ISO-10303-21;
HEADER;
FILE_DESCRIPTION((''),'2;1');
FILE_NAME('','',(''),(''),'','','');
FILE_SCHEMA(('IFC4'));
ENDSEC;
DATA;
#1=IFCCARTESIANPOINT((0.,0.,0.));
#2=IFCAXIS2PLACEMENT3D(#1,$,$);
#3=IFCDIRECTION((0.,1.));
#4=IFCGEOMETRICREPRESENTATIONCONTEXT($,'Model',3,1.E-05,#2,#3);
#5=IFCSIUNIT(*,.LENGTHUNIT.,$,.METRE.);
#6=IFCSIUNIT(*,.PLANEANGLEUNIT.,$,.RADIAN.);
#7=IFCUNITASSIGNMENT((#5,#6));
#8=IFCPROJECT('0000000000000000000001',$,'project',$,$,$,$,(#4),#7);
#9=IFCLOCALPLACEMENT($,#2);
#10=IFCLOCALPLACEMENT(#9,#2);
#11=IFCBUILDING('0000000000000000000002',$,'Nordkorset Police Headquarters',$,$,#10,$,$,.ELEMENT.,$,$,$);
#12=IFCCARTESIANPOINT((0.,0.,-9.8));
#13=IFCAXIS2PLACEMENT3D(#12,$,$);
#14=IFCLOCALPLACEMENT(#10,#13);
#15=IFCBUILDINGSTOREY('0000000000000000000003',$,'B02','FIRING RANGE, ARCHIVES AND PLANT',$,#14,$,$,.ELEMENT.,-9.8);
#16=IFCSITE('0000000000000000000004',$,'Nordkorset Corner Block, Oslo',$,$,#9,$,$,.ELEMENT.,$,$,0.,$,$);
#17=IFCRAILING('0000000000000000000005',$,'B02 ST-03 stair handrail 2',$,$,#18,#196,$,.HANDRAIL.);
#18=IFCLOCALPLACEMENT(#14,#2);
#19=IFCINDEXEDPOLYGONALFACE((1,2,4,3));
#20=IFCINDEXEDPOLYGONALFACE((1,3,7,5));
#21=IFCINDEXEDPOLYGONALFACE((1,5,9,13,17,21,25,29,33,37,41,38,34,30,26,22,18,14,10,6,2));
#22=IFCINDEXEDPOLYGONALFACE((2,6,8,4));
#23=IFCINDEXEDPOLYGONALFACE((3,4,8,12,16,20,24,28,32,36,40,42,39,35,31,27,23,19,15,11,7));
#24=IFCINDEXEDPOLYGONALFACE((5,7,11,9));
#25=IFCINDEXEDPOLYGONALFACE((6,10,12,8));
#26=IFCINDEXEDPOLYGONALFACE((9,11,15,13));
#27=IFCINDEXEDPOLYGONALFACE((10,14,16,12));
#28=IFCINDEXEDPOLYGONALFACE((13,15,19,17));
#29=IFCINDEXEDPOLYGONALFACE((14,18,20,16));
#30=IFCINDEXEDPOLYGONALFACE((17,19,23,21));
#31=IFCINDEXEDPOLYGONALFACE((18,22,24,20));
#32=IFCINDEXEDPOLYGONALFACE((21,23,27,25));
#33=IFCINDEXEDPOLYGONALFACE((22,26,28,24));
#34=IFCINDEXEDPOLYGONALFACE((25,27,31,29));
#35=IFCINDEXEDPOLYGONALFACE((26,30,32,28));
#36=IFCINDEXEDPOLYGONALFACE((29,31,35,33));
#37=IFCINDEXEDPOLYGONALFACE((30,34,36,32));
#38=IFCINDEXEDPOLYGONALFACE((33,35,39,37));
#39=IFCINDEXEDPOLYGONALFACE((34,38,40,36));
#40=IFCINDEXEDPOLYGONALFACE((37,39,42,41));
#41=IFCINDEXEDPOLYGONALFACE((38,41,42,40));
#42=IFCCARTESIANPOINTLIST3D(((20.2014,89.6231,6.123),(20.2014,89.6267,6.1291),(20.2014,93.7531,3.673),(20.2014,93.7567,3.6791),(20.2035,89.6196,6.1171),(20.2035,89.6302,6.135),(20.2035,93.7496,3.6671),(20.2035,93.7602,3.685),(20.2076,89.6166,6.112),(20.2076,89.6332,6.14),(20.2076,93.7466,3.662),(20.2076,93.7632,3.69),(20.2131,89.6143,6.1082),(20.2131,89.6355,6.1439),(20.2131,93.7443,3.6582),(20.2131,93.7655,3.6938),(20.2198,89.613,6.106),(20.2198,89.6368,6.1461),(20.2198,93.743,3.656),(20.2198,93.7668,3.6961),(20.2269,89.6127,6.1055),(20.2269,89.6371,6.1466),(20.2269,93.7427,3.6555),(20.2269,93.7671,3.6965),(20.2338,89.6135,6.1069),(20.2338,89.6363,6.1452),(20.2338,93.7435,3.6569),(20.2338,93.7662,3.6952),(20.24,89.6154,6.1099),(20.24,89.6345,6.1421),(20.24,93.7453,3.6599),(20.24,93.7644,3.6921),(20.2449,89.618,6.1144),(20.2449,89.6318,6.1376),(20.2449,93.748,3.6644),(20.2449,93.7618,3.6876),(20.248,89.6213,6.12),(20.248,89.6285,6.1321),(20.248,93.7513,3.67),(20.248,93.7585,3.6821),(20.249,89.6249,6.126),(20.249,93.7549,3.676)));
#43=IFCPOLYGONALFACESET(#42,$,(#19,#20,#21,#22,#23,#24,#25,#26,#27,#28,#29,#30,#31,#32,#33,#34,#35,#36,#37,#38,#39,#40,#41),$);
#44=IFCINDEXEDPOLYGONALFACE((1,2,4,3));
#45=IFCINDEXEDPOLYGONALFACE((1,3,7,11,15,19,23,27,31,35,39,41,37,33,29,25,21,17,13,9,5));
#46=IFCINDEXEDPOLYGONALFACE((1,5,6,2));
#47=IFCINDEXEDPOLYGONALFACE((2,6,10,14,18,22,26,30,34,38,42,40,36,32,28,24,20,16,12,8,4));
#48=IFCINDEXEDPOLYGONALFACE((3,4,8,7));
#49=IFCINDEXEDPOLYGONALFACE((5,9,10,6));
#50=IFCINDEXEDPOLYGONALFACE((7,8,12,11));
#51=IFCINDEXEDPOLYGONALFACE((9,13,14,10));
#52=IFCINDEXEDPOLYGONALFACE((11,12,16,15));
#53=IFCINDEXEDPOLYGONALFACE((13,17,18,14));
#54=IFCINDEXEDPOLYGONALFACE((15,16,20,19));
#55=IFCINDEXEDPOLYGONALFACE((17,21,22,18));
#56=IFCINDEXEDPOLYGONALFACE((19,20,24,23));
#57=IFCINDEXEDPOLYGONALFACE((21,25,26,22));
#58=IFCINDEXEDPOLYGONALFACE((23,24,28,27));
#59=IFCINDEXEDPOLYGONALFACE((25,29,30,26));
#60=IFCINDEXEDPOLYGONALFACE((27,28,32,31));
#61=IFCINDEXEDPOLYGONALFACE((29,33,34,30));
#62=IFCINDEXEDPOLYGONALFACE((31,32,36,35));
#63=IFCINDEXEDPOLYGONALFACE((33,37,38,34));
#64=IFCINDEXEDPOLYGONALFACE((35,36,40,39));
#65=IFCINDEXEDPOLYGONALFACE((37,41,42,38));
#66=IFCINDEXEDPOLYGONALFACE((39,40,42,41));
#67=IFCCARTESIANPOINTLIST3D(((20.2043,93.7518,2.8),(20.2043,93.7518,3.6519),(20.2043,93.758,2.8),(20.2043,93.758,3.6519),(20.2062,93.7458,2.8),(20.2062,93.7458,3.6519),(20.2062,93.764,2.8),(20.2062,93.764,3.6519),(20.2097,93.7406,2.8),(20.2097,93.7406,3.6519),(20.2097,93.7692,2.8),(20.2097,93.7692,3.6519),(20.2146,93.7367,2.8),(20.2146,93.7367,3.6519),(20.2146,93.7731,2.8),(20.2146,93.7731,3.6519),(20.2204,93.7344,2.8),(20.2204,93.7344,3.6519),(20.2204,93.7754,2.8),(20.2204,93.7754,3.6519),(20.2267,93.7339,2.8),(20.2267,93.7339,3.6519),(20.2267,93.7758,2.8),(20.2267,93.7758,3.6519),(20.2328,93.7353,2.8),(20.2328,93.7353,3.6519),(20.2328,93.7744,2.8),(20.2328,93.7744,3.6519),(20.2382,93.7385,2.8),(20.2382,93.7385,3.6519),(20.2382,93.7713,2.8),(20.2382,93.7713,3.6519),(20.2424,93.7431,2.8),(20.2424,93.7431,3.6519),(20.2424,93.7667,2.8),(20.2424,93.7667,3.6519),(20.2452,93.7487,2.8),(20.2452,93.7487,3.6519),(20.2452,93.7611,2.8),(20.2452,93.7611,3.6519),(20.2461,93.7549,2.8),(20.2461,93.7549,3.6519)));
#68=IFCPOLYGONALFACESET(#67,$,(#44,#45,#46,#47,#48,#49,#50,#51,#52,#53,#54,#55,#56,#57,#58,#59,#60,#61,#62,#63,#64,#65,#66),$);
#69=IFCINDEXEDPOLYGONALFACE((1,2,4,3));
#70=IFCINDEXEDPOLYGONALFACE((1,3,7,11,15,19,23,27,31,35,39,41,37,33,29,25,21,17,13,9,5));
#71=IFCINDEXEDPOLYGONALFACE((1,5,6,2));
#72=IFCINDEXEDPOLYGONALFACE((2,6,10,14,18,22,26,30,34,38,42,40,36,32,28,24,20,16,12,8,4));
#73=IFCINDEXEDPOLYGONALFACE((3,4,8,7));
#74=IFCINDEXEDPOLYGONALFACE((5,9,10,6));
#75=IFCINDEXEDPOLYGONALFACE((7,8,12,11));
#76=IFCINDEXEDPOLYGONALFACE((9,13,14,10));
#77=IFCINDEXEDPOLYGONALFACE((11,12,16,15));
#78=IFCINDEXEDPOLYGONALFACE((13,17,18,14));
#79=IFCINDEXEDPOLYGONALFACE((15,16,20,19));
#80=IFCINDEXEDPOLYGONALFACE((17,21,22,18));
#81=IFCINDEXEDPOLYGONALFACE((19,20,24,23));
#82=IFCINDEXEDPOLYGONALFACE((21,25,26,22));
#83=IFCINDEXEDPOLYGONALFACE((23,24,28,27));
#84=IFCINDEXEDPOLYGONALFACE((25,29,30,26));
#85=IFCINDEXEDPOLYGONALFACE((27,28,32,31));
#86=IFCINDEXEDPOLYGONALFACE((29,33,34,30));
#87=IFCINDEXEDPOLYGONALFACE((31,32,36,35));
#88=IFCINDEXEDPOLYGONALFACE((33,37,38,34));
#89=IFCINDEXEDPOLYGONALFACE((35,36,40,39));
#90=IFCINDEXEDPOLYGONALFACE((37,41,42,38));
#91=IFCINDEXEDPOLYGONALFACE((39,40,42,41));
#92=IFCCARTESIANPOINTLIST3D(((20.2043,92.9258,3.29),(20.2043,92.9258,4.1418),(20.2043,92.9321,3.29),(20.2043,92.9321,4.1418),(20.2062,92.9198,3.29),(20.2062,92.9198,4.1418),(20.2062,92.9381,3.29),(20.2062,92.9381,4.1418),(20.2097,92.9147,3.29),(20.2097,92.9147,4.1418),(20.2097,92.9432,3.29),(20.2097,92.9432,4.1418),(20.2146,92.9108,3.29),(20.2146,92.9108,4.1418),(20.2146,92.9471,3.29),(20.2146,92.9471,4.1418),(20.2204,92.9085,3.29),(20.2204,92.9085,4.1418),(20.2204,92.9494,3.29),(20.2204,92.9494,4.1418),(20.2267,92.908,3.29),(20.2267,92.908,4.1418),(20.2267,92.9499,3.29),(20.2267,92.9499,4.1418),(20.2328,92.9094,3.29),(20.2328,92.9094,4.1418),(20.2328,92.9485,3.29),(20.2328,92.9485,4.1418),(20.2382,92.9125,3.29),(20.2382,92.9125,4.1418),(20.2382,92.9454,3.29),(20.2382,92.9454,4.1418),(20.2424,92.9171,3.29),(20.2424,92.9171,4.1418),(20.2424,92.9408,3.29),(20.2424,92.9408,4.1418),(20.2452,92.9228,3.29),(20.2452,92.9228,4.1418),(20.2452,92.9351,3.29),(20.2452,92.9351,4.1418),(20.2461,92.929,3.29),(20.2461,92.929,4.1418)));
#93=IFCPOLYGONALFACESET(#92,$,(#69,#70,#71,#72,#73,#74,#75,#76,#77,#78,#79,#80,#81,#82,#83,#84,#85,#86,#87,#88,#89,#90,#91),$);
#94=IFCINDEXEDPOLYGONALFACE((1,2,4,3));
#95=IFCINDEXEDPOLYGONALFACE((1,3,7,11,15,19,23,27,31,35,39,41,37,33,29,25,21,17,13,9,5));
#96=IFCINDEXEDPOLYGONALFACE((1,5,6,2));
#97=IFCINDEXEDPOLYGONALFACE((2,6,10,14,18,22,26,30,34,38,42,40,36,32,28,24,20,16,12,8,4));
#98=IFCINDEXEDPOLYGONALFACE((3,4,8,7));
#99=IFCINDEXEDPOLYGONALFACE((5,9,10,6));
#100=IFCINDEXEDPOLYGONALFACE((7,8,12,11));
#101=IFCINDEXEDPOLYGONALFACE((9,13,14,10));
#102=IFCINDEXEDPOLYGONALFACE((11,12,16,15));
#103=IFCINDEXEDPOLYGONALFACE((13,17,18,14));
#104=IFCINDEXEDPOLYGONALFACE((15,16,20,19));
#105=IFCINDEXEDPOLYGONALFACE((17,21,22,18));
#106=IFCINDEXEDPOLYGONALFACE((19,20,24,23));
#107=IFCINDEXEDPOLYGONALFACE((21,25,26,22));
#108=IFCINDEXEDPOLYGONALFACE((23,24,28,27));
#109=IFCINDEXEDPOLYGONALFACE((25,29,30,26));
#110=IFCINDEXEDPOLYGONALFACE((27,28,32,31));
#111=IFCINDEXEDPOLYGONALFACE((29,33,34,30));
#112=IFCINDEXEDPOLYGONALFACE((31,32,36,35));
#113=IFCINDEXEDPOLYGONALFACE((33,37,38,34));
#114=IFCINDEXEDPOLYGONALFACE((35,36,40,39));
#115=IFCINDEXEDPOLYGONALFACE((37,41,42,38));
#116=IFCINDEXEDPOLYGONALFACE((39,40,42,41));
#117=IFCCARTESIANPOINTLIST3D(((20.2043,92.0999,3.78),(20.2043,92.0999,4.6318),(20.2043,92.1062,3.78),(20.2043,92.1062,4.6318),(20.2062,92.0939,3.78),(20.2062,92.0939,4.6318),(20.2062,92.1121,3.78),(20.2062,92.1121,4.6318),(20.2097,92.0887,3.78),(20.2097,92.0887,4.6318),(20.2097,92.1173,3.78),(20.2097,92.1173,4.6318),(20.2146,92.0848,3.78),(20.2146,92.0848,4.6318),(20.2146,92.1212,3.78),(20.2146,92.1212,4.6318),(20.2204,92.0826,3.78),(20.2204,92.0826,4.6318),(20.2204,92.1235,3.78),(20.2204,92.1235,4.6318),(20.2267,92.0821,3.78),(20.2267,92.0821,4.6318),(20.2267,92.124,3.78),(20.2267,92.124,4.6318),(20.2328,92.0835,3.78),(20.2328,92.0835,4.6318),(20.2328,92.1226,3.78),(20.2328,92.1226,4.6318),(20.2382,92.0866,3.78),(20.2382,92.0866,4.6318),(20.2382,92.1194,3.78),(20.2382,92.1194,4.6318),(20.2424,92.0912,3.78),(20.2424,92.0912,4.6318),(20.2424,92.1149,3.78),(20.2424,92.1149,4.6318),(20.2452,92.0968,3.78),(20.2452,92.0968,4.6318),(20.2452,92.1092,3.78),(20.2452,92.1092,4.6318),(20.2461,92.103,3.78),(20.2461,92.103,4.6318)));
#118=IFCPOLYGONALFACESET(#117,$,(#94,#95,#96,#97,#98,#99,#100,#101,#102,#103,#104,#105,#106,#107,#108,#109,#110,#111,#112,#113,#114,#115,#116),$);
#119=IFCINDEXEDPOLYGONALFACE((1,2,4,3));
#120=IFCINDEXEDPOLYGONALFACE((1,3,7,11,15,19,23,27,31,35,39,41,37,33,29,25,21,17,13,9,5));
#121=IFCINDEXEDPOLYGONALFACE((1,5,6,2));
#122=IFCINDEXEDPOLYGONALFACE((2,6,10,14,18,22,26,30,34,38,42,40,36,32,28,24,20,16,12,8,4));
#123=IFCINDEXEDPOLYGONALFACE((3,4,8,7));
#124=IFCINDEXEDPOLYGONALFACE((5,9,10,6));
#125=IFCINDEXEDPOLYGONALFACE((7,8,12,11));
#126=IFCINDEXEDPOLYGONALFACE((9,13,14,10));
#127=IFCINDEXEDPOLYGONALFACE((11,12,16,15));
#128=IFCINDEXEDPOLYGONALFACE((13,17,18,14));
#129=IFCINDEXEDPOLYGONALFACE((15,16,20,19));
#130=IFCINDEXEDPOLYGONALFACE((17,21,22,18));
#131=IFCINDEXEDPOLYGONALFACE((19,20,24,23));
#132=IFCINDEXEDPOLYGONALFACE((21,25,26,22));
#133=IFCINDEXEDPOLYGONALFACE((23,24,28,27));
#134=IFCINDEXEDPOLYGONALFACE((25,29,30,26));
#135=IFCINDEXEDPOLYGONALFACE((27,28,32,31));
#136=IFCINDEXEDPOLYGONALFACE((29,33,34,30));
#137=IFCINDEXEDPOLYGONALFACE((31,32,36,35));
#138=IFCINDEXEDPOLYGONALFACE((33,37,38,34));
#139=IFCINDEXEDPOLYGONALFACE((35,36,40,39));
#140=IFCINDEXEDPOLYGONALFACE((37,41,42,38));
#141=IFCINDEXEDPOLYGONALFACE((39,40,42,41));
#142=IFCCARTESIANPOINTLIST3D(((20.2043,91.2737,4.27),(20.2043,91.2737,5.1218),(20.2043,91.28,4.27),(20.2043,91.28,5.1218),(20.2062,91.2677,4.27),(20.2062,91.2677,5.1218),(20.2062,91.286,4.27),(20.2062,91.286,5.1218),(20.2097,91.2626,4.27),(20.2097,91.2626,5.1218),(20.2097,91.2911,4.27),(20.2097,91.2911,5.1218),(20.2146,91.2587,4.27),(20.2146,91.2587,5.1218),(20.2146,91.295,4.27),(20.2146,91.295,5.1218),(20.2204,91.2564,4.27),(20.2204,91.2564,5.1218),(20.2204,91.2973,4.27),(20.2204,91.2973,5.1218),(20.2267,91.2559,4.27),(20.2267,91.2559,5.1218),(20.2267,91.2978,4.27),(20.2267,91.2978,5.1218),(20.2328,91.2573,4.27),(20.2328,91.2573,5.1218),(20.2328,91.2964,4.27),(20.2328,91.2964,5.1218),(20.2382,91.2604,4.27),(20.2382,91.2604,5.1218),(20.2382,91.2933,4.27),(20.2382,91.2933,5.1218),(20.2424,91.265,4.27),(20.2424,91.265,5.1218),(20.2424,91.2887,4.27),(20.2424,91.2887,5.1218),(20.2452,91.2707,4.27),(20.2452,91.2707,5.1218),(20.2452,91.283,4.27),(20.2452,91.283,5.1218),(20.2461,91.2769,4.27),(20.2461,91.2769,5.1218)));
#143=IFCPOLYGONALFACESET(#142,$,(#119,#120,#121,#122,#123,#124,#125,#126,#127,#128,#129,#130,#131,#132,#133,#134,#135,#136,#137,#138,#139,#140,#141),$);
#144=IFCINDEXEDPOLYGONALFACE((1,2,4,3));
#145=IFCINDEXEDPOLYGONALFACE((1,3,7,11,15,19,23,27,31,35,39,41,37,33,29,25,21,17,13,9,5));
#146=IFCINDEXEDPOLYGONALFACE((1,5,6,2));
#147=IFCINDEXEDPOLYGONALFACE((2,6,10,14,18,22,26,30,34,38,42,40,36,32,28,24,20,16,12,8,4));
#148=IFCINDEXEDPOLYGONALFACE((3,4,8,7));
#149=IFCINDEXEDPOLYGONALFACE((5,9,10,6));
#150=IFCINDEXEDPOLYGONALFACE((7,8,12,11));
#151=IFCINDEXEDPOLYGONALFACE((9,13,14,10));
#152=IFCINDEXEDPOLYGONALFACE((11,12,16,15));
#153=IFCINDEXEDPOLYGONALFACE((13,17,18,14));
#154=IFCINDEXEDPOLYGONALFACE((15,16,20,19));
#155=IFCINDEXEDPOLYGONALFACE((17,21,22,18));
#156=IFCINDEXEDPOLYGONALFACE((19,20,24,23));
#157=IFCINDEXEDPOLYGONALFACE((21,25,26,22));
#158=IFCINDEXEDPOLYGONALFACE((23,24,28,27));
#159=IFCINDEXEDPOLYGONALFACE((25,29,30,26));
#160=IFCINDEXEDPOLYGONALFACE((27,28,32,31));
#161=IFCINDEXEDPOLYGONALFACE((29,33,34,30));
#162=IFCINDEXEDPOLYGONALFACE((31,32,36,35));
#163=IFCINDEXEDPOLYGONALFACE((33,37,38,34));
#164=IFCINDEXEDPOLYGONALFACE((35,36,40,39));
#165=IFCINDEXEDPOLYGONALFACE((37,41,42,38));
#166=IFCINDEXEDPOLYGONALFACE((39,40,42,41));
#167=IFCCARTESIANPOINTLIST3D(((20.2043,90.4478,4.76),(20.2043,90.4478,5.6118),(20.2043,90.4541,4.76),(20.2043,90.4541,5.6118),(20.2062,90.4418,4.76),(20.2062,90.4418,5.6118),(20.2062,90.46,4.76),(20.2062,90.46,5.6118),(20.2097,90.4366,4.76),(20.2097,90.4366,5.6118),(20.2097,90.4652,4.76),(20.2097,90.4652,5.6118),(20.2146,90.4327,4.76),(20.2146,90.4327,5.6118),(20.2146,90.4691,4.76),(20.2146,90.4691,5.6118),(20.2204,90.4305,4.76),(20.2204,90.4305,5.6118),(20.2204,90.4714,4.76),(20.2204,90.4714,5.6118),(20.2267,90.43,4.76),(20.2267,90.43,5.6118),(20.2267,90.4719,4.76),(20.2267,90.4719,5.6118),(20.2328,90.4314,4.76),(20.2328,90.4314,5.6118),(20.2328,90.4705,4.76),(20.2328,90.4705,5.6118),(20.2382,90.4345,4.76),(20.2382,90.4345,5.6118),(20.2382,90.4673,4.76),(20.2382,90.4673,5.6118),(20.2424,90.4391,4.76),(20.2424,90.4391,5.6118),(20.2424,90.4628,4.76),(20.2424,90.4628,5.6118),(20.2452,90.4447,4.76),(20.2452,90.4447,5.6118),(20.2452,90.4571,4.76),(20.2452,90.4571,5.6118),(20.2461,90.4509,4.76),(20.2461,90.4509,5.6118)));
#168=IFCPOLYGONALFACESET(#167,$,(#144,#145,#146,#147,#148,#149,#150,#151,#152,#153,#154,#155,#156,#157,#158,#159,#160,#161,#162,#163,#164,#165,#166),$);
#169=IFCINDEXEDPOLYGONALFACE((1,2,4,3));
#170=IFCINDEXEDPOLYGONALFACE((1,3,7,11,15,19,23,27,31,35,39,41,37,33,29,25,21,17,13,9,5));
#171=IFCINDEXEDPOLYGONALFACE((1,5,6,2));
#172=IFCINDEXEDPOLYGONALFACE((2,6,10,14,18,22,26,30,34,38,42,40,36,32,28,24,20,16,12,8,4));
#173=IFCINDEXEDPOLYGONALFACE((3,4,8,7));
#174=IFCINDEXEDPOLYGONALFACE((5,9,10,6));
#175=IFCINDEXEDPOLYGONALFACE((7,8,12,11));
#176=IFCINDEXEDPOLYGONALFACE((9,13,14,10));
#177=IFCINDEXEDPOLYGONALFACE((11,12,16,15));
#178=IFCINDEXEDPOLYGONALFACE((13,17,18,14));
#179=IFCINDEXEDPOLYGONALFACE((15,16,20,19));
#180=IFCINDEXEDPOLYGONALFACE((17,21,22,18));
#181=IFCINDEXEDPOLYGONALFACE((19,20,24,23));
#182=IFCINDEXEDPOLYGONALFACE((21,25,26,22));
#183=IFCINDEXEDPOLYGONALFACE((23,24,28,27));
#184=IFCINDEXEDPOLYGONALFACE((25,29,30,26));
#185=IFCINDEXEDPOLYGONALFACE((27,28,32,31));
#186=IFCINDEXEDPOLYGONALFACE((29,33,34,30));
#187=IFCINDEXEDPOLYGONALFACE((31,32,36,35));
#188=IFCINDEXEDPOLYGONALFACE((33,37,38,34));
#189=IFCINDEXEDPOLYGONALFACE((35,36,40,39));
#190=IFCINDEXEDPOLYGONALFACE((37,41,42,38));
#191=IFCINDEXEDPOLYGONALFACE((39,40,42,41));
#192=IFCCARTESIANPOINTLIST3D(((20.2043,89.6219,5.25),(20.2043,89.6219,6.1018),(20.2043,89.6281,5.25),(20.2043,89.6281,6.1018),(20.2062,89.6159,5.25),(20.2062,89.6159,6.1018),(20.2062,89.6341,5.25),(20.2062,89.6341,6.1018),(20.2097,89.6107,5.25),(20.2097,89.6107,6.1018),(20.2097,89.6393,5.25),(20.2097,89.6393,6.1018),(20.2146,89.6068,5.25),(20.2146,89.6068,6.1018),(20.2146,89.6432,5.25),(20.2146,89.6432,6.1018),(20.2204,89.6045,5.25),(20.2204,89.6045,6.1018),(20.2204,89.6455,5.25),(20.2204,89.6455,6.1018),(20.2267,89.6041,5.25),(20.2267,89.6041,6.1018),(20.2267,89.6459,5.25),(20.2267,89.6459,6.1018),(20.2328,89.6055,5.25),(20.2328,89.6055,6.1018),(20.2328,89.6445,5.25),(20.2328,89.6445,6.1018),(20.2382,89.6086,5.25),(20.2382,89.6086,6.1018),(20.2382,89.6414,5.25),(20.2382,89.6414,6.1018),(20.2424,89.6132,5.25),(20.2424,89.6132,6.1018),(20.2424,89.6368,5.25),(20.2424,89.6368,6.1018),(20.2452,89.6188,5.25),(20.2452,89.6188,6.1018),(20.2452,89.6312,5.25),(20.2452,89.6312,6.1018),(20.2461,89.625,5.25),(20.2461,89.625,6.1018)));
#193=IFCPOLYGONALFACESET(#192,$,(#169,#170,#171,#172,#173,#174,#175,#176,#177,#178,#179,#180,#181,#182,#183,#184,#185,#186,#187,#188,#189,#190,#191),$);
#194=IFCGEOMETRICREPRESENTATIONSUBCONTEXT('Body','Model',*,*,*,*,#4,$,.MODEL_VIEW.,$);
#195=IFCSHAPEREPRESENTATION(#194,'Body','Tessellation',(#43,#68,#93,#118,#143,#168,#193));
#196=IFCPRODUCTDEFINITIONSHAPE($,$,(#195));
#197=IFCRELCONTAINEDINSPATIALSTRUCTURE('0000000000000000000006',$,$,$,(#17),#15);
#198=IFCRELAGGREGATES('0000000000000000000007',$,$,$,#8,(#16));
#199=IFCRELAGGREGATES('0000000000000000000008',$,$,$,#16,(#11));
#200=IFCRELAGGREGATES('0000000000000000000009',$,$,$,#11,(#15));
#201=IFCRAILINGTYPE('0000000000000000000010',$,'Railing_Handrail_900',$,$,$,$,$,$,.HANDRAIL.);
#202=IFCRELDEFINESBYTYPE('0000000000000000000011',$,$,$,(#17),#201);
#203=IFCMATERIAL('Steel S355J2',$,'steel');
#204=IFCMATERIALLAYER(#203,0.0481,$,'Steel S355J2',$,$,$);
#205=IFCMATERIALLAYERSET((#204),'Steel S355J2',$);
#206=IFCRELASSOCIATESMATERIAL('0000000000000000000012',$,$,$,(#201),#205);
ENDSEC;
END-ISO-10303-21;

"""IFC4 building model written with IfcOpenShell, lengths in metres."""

from ifc_helpers import new_model, si_unit, direction, frame, origin, origin_2d, place, context, subcontext, project, spatial, circle, extrude, material, layer, layer_set, type_object, element, save


model = new_model("IFC4")

# Units and contexts
model_context = context("Model", 3, precision=1e-05, world=origin(), true_north=direction((0.0, 1.0)))
body_context = subcontext(model_context, "Body", "Model", "MODEL_VIEW")
ifc_project = project(units=[si_unit("LENGTHUNIT", "METRE"), si_unit("PLANEANGLEUNIT", "RADIAN")], contexts=[model_context])

# Site, building, storey
site_placement = place(None, origin())
site = spatial("IfcSite", under=ifc_project, at=site_placement, Name="Nordkorset Corner Block, Oslo", CompositionType="ELEMENT", RefElevation=0.0)
building_placement = place(site_placement, origin())
building = spatial("IfcBuilding", under=site, at=building_placement, Name="Nordkorset Police Headquarters", CompositionType="ELEMENT")
storey_placement = place(building_placement, frame((0.0, 0.0, -9.8)))
storey = spatial("IfcBuildingStorey", under=building, at=storey_placement, Name="B02", Description="FIRING RANGE, ARCHIVES AND PLANT", CompositionType="ELEMENT", Elevation=-9.8)

# Railing
ifc_material_1 = material(Name="Steel S355J2", Category="steel")
ifc_layer_1 = layer(ifc_material_1, 0.0481, Name="Steel S355J2")
ifc_layer_set_1 = layer_set([ifc_layer_1], Name="Steel S355J2")
railing_type_1 = type_object("IfcRailingType", Name="Railing_Handrail_900", PredefinedType="HANDRAIL", material=ifc_layer_set_1)
railing_1_placement = place(storey_placement, frame((20.2251, 93.7549, 2.8)))
element("IfcRailing", 1, at=railing_1_placement, inside=storey, type_object=railing_type_1, Name="B02 ST-03 stair handrail 2", PredefinedType="HANDRAIL", context=body_context, shape_type="SweptSolid", body=[
    extrude(circle(Radius=0.0239, at=origin_2d()), frame((0.0, 0.0, 0.876), z_axis=(0.0, -0.860053, 0.510205), x_axis=(1.0, 0.0, 0.0)), (0.0, 0.0, 1.0), 4.802),
    extrude(circle(Radius=0.021, at=origin_2d()), origin(), (0.0, 0.0, 1.0), 0.8518),
    extrude(circle(Radius=0.021, at=origin_2d()), frame((0.0, -0.8259, 0.49)), (0.0, 0.0, 1.0), 0.8518),
    extrude(circle(Radius=0.021, at=origin_2d()), frame((0.0, -1.6519, 0.98)), (0.0, 0.0, 1.0), 0.8518),
    extrude(circle(Radius=0.021, at=origin_2d()), frame((0.0, -2.478, 1.47)), (0.0, 0.0, 1.0), 0.8518),
    extrude(circle(Radius=0.021, at=origin_2d()), frame((0.0, -3.304, 1.96)), (0.0, 0.0, 1.0), 0.8518),
    extrude(circle(Radius=0.021, at=origin_2d()), frame((0.0, -4.1299, 2.45)), (0.0, 0.0, 1.0), 0.8518),
])

save(model, "model.ifc")
